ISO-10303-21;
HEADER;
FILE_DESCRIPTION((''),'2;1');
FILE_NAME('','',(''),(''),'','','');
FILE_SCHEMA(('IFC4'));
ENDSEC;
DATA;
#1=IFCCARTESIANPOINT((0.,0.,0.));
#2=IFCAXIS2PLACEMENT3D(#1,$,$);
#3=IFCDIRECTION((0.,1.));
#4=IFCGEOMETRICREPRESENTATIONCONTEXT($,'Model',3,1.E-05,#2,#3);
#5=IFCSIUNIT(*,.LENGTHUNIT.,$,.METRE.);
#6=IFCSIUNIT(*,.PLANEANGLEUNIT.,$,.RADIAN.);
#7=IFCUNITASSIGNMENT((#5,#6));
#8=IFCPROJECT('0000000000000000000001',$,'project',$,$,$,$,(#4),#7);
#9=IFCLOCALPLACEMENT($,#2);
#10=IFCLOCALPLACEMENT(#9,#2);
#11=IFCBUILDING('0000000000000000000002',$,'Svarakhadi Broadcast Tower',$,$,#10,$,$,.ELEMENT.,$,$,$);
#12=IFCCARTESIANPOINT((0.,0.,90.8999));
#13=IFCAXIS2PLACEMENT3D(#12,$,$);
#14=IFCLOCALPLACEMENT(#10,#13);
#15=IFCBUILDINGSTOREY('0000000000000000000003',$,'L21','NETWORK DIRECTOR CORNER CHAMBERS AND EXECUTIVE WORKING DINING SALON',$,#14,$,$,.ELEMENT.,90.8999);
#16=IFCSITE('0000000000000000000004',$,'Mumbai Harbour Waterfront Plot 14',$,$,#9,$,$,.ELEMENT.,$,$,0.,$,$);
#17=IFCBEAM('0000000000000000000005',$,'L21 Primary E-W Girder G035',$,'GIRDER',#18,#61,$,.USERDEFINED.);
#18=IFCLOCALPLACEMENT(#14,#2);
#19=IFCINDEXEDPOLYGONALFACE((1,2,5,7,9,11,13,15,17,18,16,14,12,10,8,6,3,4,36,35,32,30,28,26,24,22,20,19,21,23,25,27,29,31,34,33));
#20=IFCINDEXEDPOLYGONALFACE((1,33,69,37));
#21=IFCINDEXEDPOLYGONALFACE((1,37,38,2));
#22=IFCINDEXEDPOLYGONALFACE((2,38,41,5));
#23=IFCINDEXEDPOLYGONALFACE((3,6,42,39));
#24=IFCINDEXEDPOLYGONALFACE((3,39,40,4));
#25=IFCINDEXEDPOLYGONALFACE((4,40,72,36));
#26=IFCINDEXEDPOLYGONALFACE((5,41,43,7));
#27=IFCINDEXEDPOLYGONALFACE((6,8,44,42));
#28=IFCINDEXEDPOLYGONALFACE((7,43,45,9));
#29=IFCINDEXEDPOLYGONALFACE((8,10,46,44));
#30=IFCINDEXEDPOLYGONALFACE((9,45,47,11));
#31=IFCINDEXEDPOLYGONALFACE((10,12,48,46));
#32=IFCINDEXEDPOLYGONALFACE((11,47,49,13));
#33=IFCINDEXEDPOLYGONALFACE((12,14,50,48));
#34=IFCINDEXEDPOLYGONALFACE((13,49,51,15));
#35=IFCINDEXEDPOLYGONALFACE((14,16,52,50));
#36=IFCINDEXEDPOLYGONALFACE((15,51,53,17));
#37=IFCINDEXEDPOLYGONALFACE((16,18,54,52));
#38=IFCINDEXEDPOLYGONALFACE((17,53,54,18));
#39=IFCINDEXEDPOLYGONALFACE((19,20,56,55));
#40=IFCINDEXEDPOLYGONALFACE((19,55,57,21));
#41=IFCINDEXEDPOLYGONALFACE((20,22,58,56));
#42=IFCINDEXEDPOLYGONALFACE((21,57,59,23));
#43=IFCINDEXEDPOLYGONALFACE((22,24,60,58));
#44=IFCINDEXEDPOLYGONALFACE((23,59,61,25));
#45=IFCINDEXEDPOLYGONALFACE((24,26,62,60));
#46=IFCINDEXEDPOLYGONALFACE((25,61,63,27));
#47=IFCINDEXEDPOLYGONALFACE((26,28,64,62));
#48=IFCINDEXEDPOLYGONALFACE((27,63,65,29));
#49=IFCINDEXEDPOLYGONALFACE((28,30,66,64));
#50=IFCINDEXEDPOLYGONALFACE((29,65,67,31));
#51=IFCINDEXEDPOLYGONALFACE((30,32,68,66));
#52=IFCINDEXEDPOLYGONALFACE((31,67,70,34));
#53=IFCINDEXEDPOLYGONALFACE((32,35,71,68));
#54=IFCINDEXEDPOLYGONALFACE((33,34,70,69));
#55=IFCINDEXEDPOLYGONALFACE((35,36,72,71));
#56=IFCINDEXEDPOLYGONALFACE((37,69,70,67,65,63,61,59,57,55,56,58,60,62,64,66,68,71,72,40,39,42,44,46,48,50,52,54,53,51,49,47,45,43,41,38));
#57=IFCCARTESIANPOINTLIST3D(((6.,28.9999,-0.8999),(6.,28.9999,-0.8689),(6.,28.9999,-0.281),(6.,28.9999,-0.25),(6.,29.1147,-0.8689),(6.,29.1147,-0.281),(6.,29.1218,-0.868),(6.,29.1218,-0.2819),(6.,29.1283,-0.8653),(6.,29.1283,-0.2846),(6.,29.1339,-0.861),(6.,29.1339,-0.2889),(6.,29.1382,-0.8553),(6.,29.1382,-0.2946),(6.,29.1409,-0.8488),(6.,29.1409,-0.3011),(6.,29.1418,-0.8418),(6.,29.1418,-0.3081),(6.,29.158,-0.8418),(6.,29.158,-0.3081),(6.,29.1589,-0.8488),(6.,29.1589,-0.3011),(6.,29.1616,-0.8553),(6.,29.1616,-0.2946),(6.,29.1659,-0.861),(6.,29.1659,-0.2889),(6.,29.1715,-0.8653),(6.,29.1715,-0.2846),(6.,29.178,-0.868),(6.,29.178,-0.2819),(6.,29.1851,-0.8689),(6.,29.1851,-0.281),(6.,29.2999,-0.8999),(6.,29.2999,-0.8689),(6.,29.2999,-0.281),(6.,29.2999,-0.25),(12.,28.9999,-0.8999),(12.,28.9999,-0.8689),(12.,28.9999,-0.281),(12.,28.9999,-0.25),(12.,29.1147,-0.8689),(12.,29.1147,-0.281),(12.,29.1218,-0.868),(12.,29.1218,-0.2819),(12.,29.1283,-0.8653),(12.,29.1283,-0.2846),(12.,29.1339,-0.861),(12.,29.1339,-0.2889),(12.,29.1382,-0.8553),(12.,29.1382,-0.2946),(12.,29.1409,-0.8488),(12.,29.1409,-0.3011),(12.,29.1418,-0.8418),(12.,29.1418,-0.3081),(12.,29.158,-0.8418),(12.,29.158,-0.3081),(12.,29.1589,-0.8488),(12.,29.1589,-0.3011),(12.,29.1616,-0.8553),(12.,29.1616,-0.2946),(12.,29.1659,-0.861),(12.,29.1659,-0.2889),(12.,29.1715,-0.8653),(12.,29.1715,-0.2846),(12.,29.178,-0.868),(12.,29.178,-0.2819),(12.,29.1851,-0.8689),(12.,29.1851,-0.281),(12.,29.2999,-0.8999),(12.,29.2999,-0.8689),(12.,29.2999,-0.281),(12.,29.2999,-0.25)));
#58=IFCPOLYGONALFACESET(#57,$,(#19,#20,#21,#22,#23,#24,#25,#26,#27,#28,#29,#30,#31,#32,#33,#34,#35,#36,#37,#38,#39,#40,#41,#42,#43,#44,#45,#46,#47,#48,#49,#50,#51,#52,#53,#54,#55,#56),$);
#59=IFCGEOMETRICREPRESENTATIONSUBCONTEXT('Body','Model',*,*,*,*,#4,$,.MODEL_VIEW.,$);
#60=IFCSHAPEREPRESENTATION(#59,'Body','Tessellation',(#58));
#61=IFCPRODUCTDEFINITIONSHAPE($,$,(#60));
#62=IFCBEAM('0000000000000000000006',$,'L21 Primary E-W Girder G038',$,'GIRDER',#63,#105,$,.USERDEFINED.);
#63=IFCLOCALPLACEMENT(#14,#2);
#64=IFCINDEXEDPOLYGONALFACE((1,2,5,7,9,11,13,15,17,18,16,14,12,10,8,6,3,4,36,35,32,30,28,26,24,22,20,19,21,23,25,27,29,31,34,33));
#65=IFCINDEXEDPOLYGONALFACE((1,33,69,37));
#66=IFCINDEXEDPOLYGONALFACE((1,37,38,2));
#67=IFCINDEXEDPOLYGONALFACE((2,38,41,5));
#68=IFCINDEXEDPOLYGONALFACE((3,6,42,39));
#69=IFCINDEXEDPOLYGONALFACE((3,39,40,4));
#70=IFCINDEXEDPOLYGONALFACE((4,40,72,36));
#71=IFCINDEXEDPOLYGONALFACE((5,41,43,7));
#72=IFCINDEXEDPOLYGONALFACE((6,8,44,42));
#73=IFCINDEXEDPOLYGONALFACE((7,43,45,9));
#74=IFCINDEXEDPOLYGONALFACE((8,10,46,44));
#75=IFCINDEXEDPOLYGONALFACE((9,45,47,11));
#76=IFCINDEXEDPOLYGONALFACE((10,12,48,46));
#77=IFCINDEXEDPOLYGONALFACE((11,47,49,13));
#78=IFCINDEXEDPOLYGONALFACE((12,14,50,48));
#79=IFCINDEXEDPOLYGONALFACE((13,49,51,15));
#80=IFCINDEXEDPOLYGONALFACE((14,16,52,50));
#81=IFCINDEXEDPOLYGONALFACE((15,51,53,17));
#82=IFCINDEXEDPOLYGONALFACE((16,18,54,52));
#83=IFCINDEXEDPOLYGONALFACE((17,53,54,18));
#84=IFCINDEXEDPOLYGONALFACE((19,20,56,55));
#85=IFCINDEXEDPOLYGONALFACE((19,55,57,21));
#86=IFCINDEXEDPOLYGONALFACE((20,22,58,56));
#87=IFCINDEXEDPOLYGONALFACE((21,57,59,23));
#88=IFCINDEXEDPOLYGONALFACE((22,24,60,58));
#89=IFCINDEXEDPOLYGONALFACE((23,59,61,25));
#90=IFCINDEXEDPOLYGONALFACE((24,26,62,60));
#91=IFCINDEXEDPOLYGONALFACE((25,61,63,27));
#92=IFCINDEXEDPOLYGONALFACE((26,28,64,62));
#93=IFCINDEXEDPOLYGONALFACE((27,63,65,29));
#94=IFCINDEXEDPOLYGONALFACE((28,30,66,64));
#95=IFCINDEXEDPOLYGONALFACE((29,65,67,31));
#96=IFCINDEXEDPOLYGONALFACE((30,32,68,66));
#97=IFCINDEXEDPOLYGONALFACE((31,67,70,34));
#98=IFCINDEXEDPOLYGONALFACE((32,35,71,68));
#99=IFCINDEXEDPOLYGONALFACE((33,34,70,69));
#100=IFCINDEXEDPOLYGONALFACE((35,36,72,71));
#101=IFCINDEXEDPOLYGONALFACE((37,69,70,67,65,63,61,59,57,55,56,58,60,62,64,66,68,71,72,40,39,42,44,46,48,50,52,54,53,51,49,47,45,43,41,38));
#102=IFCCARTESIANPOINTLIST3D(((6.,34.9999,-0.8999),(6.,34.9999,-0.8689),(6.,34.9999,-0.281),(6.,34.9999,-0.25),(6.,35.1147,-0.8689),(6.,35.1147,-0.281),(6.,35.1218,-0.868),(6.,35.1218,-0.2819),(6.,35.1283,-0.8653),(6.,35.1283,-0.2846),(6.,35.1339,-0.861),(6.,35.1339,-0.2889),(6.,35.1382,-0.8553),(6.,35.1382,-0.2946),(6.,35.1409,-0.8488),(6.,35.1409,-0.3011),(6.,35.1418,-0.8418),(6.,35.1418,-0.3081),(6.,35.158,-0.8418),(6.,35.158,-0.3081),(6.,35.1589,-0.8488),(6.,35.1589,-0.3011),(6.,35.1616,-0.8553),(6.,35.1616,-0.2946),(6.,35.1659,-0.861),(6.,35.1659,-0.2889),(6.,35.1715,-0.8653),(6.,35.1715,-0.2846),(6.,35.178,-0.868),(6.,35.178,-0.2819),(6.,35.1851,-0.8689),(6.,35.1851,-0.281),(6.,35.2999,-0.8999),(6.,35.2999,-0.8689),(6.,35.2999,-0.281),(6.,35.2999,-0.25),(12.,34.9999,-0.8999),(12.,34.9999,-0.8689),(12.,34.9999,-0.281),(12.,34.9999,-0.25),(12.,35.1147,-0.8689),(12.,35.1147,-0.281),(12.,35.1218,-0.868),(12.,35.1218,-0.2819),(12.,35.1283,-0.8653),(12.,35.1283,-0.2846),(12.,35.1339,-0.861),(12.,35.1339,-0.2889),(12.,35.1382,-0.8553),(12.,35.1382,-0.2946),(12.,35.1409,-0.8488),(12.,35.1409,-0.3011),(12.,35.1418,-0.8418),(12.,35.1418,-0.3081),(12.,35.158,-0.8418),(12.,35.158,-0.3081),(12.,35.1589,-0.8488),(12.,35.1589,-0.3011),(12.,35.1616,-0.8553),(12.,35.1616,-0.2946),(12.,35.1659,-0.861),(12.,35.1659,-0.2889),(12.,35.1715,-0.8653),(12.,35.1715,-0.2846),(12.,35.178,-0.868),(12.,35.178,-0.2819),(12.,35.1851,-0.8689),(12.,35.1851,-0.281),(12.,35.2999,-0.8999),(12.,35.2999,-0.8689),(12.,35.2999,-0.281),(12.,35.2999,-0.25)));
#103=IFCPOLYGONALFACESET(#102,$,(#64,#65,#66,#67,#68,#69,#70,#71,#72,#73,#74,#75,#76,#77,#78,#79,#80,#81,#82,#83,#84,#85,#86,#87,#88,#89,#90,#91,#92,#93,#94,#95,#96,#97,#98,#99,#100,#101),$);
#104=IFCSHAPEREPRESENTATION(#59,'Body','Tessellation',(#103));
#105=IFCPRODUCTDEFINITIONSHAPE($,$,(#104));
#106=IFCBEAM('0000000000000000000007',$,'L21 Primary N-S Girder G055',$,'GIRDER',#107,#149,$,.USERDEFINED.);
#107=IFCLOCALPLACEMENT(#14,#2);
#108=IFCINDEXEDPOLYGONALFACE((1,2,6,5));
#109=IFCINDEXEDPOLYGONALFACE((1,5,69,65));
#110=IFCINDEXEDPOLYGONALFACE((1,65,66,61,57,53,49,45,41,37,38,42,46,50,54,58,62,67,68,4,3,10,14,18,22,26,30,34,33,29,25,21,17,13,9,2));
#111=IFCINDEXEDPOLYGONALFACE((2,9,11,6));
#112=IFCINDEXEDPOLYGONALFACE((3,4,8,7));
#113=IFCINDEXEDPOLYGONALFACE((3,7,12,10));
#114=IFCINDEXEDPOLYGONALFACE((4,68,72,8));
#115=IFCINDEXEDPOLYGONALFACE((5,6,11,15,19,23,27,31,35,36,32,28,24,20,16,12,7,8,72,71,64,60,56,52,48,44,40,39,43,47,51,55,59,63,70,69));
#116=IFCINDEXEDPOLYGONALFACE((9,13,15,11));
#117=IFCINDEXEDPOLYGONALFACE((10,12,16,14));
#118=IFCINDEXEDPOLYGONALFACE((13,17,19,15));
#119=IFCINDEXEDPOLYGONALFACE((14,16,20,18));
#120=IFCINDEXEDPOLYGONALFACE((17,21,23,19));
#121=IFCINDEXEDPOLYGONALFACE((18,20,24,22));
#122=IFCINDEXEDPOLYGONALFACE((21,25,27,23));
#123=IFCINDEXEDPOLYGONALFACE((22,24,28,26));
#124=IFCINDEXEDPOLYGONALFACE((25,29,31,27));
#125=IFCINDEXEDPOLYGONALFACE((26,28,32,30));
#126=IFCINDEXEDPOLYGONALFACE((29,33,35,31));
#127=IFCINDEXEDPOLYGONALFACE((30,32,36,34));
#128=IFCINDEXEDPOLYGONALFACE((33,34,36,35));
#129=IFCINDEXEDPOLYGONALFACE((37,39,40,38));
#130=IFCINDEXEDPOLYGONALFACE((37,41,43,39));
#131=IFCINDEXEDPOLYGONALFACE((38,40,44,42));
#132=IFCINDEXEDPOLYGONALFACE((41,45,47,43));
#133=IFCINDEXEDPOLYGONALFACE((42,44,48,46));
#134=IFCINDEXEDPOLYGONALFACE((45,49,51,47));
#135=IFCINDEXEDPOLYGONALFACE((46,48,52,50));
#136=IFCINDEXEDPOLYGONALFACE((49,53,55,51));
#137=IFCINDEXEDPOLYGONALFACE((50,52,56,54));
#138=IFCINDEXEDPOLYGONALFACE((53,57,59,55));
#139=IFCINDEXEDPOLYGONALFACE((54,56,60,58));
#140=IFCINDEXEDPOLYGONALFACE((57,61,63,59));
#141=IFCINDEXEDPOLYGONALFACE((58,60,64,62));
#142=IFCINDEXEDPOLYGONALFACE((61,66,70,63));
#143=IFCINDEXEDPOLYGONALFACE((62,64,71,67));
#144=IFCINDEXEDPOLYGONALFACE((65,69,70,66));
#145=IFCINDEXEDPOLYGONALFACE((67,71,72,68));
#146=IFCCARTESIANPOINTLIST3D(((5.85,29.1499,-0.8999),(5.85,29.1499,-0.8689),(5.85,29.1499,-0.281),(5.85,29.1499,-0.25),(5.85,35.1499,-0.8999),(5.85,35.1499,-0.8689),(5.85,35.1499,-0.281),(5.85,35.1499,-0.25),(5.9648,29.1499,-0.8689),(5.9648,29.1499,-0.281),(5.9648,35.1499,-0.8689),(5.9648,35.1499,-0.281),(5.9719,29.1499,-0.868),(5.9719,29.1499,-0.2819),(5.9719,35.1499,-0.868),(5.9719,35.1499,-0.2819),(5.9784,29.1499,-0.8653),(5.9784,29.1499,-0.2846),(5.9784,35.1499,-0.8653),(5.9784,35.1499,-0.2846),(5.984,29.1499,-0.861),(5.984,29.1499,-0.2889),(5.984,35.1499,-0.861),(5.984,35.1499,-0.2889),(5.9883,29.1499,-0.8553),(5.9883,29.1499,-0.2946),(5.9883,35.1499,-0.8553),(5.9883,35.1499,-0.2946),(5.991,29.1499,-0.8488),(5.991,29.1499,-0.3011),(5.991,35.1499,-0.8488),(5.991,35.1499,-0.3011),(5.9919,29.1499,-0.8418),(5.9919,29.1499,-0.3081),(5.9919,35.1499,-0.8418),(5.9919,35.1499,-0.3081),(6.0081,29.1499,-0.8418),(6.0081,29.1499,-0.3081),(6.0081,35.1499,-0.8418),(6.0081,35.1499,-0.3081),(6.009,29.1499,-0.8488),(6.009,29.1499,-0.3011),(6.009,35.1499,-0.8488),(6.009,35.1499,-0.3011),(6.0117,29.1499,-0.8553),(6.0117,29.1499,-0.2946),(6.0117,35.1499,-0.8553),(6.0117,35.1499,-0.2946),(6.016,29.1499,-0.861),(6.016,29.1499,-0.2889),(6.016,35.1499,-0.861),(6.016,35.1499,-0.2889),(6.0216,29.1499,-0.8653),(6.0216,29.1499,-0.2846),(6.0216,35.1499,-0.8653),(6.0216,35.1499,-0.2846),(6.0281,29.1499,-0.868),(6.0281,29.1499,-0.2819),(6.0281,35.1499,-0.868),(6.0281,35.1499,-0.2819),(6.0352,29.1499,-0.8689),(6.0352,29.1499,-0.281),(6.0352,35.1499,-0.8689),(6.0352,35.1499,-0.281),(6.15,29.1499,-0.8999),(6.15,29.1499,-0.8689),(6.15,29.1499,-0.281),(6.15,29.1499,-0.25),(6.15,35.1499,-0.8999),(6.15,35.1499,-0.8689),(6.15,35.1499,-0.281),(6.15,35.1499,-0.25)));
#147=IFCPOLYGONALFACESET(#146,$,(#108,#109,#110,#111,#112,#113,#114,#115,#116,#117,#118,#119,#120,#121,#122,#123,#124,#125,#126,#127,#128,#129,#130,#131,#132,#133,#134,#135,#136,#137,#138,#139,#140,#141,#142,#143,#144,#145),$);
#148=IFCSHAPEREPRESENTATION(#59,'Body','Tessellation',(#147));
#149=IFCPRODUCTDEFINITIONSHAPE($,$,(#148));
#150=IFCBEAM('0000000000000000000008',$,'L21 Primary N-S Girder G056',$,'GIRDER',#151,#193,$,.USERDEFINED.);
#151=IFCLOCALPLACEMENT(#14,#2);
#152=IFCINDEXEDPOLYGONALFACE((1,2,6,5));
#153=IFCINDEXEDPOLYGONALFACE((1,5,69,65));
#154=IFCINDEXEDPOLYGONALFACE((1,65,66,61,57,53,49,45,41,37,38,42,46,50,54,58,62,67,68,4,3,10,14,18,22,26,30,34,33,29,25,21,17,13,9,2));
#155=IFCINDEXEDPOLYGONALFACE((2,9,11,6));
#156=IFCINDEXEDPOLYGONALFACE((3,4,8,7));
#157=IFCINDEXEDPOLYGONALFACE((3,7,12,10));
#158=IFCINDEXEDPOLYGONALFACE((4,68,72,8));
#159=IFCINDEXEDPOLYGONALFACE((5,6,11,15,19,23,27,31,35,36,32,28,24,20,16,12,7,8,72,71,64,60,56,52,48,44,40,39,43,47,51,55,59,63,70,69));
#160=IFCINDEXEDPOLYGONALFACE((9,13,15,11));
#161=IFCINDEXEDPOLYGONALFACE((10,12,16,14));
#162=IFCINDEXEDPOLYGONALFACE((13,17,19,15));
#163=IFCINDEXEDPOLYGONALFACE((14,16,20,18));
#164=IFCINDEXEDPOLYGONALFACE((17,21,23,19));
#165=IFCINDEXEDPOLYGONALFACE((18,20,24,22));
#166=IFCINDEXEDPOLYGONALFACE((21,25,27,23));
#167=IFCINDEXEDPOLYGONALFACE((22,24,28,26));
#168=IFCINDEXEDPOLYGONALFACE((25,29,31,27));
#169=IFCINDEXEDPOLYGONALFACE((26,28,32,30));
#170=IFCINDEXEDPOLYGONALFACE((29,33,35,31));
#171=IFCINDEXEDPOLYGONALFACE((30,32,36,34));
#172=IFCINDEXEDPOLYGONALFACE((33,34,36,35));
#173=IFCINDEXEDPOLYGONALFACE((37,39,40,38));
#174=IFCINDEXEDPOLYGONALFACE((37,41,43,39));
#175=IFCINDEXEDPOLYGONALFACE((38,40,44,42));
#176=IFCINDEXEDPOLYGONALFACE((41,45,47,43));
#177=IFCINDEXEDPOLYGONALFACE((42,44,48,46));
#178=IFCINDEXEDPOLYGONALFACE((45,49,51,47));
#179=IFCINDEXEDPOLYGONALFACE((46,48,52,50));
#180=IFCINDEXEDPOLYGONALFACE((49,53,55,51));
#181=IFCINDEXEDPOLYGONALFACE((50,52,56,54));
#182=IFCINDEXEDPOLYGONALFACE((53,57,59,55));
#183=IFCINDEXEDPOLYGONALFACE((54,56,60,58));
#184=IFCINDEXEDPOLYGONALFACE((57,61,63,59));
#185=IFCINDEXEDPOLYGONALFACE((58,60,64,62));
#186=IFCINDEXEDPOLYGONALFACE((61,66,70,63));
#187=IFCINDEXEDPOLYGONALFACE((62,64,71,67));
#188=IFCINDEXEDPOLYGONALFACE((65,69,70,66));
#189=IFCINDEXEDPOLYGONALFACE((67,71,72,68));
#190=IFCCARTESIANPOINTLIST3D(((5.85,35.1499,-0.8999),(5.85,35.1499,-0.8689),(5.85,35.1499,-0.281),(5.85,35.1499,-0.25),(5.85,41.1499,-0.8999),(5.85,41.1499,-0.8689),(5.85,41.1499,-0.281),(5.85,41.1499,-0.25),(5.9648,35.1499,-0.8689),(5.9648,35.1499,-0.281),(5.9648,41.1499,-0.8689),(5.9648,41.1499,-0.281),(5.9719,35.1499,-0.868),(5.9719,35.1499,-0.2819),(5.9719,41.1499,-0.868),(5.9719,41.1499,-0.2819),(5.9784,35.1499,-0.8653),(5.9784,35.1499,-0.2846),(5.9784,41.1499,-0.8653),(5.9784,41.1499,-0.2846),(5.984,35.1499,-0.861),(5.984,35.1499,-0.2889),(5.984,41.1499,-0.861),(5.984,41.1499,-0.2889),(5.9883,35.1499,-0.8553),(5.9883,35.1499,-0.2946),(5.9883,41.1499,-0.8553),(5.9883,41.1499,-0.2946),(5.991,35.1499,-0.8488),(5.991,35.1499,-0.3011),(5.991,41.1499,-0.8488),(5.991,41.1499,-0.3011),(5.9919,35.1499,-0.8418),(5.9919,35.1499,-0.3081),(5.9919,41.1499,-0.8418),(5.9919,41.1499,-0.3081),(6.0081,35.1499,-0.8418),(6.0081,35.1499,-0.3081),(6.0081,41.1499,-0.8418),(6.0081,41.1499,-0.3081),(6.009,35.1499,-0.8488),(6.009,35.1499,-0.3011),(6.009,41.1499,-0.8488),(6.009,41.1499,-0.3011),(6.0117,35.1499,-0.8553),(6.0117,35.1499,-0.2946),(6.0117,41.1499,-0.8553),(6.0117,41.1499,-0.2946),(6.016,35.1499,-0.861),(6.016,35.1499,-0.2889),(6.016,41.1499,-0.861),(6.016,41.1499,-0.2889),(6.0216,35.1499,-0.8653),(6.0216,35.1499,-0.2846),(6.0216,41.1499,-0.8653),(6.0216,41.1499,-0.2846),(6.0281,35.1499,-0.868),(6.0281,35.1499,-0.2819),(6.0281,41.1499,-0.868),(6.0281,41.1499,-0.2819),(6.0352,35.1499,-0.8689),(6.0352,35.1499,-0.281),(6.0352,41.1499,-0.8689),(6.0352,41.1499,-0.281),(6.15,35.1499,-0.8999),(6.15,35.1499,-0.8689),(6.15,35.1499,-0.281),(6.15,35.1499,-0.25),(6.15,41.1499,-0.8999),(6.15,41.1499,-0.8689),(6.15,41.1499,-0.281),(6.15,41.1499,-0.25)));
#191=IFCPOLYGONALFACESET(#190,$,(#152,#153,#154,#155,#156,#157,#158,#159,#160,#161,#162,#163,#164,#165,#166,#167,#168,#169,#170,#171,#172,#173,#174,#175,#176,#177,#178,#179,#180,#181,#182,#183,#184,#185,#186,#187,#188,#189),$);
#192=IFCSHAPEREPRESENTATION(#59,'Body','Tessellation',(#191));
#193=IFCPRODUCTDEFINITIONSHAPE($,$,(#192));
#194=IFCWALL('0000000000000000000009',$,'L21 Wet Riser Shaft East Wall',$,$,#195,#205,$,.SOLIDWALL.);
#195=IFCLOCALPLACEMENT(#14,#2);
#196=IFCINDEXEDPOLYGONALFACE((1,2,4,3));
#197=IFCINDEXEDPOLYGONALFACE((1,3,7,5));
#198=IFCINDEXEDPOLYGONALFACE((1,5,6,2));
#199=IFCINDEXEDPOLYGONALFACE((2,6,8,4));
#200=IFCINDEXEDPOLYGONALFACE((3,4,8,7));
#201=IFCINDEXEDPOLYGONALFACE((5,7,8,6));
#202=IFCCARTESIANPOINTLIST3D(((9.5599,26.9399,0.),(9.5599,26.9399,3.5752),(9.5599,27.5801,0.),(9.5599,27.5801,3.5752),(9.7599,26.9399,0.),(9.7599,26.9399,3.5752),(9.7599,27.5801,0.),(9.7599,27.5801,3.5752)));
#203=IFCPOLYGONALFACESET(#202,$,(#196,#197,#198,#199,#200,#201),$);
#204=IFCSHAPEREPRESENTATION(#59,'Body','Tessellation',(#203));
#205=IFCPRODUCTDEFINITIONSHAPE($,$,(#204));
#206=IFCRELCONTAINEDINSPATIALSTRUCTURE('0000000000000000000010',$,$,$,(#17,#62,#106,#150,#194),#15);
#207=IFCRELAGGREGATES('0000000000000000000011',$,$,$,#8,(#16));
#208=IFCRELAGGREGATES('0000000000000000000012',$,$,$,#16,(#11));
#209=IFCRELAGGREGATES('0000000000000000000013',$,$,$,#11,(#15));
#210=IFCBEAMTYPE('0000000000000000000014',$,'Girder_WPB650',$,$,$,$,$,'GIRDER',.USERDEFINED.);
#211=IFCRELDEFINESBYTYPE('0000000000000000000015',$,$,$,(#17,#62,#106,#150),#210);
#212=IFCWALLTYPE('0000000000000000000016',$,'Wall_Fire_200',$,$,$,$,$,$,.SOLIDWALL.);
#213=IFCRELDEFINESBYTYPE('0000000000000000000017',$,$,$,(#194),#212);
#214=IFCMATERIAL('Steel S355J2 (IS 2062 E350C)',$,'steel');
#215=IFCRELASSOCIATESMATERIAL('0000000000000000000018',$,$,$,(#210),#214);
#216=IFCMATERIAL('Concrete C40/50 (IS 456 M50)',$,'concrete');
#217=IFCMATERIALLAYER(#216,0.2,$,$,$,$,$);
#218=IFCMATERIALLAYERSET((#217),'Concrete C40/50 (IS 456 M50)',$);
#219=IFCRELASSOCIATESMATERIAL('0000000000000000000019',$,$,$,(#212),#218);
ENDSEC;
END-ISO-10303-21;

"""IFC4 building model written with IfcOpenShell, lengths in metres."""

from ifc_helpers import new_model, si_unit, direction, frame, frame_2d, origin, origin_2d, place, context, subcontext, project, spatial, rectangle, i_section, extrude, material, layer, layer_set, material_profile, profile_set, type_object, element, save


model = new_model("IFC4")

# Units and contexts
model_context = context("Model", 3, precision=1e-05, world=origin(), true_north=direction((0.0, 1.0)))
body_context = subcontext(model_context, "Body", "Model", "MODEL_VIEW")
ifc_project = project(units=[si_unit("LENGTHUNIT", "METRE"), si_unit("PLANEANGLEUNIT", "RADIAN")], contexts=[model_context])

# Site, building, storey
site_placement = place(None, origin())
site = spatial("IfcSite", under=ifc_project, at=site_placement, Name="Mumbai Harbour Waterfront Plot 14", CompositionType="ELEMENT", RefElevation=0.0)
building_placement = place(site_placement, origin())
building = spatial("IfcBuilding", under=site, at=building_placement, Name="Svarakhadi Broadcast Tower", CompositionType="ELEMENT")
storey_placement = place(building_placement, frame((0.0, 0.0, 90.8999)))
storey = spatial("IfcBuildingStorey", under=building, at=storey_placement, Name="L21", Description="NETWORK DIRECTOR CORNER CHAMBERS AND EXECUTIVE WORKING DINING SALON", CompositionType="ELEMENT", Elevation=90.8999)

# Beams
ifc_material_1 = material(Name="Steel S355J2 (IS 2062 E350C)", Category="steel")
ifc_material_profile_1 = material_profile(ifc_material_1, i_section(OverallWidth=0.3, OverallDepth=0.6499, WebThickness=0.0161, FlangeThickness=0.031, FilletRadius=0.0271, at=origin_2d()), Name="WPB 650x300x225")
ifc_profile_set_1 = profile_set([ifc_material_profile_1], Name="Steel S355J2 (IS 2062 E350C)")
beam_type_1 = type_object("IfcBeamType", Name="Girder_WPB650", ElementType="GIRDER", PredefinedType="USERDEFINED", material=ifc_profile_set_1)
for number, where, z_axis, x_axis, name in (
    (1, (6.0, 29.1499, -0.575), (1.0, 0.0, 0.0), (0.0, 1.0, 0.0), "L21 Primary E-W Girder G035"),
    (2, (6.0, 35.1499, -0.575), (1.0, 0.0, 0.0), (0.0, 1.0, 0.0), "L21 Primary E-W Girder G038"),
    (3, (6.0, 29.1499, -0.575), (0.0, 1.0, 0.0), (-1.0, 0.0, 0.0), "L21 Primary N-S Girder G055"),
    (4, (6.0, 35.1499, -0.575), (0.0, 1.0, 0.0), (-1.0, 0.0, 0.0), "L21 Primary N-S Girder G056"),
):
    element("IfcBeam", number, at=place(storey_placement, frame(where, z_axis=z_axis, x_axis=x_axis)), inside=storey, type_object=beam_type_1, Name=name, ObjectType="GIRDER", PredefinedType="USERDEFINED", context=body_context, shape_type="SweptSolid", body=[
        extrude(i_section(OverallWidth=0.3, OverallDepth=0.6499, WebThickness=0.0161, FlangeThickness=0.031, FilletRadius=0.0271, at=origin_2d()), origin(), (0.0, 0.0, 1.0), 6.0),
    ])

# Wall
ifc_material_2 = material(Name="Concrete C40/50 (IS 456 M50)", Category="concrete")
ifc_layer_1 = layer(ifc_material_2, 0.2)
ifc_layer_set_1 = layer_set([ifc_layer_1], Name="Concrete C40/50 (IS 456 M50)")
wall_type_1 = type_object("IfcWallType", Name="Wall_Fire_200", PredefinedType="SOLIDWALL", material=ifc_layer_set_1)
wall_1_placement = place(storey_placement, frame((9.6599, 26.9399, 0.0), z_axis=(0.0, 0.0, 1.0), x_axis=(0.0, 1.0, 0.0)))
element("IfcWall", 5, at=wall_1_placement, inside=storey, type_object=wall_type_1, Name="L21 Wet Riser Shaft East Wall", PredefinedType="SOLIDWALL", context=body_context, shape_type="SweptSolid", body=[
    extrude(rectangle(XDim=0.6401, YDim=0.2, at=frame_2d((0.3201, 0.0))), origin(), (0.0, 0.0, 1.0), 3.5752),
])

save(model, "model.ifc")
